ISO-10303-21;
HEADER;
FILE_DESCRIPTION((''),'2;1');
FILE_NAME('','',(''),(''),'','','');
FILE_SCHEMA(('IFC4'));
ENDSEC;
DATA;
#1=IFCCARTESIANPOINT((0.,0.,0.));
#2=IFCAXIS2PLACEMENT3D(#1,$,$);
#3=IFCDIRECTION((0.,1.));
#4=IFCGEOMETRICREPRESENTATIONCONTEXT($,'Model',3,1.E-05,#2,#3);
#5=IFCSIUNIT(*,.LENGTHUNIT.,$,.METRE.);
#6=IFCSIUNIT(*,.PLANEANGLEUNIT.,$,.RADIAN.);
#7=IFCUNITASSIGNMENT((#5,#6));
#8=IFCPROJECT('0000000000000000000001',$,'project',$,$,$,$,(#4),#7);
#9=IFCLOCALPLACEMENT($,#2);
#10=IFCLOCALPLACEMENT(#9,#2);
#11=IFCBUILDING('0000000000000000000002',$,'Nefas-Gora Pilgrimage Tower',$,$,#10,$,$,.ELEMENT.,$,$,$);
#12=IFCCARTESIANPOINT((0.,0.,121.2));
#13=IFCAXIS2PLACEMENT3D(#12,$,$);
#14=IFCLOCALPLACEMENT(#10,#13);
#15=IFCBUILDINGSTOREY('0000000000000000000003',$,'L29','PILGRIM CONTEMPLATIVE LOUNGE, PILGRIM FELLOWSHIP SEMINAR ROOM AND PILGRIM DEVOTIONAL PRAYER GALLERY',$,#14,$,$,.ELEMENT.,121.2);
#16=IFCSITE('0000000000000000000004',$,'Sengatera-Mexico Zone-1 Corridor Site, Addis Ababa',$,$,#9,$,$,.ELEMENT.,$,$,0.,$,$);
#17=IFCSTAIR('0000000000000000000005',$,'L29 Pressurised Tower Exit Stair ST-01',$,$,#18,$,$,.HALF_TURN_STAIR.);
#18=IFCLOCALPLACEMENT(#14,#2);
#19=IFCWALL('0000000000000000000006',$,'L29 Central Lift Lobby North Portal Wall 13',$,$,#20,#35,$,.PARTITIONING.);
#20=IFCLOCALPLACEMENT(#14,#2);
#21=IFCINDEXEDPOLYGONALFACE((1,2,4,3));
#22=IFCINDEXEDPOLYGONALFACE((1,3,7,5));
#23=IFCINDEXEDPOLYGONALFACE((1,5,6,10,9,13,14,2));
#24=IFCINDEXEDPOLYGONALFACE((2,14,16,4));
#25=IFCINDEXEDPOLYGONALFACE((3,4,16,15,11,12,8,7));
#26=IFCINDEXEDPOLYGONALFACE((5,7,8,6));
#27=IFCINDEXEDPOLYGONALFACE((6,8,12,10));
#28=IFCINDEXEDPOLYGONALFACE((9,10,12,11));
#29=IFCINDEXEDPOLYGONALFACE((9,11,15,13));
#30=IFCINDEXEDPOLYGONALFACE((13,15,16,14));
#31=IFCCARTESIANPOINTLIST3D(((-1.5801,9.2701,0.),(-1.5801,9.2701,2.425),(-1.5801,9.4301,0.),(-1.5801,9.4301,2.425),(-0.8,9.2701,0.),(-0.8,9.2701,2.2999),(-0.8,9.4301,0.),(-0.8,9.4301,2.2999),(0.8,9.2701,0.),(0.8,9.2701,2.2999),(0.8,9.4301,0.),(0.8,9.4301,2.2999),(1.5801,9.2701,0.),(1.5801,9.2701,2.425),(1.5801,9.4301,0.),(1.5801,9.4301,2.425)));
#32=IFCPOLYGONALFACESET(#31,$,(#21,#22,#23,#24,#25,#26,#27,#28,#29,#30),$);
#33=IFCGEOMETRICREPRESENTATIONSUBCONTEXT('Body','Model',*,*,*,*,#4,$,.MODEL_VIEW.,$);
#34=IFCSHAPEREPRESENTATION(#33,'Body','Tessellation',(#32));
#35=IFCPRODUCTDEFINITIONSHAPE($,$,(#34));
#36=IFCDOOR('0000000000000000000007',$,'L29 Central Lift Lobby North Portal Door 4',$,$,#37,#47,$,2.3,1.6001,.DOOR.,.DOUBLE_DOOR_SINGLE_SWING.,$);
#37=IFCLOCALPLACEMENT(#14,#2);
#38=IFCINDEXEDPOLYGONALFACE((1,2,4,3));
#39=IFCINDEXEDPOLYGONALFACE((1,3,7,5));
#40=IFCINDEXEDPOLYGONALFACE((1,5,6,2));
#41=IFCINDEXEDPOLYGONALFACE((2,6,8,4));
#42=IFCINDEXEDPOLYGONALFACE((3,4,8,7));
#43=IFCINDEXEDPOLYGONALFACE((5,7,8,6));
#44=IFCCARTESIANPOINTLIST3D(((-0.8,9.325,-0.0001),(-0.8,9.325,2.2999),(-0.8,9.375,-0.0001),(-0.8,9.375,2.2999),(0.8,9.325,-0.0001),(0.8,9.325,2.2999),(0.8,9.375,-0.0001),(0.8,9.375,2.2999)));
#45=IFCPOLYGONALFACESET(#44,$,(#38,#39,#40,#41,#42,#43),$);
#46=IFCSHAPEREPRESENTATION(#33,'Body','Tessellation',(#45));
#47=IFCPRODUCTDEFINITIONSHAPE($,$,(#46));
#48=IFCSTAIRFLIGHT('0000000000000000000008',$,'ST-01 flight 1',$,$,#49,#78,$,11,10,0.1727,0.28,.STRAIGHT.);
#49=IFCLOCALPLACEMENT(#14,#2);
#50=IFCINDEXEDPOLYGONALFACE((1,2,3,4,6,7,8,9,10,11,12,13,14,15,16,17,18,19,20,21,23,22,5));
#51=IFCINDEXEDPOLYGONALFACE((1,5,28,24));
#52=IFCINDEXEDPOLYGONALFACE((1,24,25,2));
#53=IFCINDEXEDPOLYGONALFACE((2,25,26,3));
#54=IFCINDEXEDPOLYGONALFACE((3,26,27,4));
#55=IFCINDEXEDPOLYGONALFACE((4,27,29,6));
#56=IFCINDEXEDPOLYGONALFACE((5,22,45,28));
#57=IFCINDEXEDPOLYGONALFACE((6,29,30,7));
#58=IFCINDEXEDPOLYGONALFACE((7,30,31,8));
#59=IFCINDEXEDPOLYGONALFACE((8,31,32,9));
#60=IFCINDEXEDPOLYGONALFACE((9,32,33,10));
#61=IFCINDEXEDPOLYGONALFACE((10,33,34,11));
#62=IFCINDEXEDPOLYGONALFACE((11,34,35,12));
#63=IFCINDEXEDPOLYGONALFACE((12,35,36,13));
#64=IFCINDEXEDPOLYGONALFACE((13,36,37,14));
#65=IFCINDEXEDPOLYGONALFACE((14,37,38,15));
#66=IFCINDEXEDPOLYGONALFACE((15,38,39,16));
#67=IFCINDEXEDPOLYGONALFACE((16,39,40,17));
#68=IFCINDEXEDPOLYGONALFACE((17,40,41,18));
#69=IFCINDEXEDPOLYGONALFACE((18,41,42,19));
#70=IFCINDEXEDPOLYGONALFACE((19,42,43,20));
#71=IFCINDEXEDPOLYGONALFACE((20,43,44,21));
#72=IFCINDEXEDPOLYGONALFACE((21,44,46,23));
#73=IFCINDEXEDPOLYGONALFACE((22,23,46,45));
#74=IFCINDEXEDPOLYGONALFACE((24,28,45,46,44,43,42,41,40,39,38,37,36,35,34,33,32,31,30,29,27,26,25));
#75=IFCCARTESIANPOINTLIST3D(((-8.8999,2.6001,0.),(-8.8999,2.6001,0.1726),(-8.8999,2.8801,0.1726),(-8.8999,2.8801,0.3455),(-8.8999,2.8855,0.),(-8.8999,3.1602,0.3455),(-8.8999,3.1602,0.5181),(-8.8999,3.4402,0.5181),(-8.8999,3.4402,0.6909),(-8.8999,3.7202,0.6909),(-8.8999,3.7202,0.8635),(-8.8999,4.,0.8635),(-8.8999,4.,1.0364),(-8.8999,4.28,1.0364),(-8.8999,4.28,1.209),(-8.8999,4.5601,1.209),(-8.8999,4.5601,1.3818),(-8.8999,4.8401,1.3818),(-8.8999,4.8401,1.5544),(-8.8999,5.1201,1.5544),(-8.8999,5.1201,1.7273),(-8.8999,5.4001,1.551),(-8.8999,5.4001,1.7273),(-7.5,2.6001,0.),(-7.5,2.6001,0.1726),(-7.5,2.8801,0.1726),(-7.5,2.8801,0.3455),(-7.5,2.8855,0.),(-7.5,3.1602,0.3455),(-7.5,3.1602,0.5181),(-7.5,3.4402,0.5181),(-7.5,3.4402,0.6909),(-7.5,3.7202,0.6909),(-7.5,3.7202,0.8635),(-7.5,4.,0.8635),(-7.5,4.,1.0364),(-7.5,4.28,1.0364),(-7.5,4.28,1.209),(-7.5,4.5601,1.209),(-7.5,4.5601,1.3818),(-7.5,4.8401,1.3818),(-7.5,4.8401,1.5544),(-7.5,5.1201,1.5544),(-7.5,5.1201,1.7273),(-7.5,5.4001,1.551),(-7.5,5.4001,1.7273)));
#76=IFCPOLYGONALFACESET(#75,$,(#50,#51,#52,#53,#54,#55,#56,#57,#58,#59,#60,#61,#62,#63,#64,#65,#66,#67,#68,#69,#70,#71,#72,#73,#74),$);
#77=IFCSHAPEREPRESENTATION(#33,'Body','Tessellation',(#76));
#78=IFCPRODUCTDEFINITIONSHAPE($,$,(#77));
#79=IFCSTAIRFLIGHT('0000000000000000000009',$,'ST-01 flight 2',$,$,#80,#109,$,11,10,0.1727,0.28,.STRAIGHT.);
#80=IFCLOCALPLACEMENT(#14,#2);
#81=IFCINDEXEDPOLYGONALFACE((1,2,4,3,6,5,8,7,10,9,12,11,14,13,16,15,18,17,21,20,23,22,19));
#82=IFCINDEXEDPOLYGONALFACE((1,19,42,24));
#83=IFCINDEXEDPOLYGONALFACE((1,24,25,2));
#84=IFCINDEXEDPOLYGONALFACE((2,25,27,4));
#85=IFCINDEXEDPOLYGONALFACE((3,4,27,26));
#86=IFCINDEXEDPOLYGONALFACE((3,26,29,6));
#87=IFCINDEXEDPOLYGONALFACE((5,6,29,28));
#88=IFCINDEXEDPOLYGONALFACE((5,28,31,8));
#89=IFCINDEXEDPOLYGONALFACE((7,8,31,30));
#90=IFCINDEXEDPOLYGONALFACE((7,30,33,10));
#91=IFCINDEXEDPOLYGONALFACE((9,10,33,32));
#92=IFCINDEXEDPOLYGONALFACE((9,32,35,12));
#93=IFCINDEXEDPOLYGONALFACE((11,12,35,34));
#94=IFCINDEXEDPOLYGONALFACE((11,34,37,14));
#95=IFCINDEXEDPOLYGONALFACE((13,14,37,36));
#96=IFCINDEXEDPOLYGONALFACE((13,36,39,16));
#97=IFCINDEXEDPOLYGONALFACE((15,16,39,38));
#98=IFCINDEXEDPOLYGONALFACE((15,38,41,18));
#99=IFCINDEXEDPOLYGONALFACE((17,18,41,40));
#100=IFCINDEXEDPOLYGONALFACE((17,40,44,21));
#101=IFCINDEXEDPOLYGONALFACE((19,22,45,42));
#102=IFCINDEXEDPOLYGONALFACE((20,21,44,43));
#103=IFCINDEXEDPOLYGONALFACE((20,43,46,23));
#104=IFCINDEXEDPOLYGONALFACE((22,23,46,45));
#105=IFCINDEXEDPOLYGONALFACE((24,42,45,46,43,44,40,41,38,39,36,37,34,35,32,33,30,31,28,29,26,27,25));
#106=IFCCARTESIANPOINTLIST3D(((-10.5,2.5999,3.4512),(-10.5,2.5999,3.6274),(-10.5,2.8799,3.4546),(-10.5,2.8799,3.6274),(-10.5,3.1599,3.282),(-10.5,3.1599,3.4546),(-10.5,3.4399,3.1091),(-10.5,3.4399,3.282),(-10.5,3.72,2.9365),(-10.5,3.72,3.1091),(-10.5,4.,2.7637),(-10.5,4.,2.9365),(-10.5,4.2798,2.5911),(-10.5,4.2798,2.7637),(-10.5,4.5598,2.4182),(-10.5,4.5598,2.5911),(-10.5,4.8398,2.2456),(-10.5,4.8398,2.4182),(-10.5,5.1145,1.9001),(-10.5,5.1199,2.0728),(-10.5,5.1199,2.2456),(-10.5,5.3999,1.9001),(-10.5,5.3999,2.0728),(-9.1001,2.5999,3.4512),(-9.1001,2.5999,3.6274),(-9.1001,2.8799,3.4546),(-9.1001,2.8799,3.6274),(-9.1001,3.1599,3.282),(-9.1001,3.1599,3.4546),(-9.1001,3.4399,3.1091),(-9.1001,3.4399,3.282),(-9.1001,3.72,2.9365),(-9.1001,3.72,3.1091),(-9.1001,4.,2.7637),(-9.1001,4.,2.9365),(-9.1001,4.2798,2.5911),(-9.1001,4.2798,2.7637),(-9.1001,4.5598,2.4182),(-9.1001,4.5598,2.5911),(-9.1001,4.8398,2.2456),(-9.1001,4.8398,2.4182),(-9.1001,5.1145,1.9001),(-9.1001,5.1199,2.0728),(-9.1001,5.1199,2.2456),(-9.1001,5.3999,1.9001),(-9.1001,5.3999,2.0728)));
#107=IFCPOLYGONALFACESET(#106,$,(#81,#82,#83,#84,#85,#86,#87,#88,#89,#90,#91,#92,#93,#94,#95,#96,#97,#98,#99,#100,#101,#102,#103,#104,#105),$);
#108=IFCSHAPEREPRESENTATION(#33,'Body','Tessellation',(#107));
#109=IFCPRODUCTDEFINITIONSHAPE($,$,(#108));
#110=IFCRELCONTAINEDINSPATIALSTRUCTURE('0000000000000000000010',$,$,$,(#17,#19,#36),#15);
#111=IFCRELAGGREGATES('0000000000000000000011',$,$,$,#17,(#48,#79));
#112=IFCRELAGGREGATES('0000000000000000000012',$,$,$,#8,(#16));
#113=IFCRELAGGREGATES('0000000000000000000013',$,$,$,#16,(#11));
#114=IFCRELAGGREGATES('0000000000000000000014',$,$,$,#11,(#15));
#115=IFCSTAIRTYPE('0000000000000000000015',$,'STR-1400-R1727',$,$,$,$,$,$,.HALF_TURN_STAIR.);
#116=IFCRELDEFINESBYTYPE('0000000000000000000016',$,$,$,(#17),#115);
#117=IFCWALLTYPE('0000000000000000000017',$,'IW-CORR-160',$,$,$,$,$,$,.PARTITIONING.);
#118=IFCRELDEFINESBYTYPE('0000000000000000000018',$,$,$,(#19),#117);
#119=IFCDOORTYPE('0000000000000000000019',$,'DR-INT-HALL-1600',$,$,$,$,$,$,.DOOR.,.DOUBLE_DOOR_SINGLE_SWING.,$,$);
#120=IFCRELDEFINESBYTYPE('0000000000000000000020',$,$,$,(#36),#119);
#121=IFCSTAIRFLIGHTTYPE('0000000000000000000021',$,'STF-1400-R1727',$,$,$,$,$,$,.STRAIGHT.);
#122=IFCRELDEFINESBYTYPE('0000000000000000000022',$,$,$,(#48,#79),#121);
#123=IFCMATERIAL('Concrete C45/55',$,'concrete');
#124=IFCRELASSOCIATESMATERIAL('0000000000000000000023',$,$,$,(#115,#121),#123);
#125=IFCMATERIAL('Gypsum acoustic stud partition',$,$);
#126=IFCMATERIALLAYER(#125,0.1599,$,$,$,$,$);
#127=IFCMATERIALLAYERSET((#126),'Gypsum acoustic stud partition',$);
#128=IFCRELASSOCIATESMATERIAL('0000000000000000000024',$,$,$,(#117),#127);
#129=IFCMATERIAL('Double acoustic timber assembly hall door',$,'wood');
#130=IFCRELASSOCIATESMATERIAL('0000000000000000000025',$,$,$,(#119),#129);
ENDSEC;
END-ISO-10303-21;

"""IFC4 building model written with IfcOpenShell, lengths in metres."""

from ifc_helpers import new_model, si_unit, direction, frame, frame_2d, origin, place, context, subcontext, project, spatial, polyline, rectangle, outline, extrude, source, transform, mapped, material, layer, layer_set, type_object, element, fill, aggregate, save


model = new_model("IFC4")

# Units and contexts
model_context = context("Model", 3, precision=1e-05, world=origin(), true_north=direction((0.0, 1.0)))
body_context = subcontext(model_context, "Body", "Model", "MODEL_VIEW")
ifc_project = project(units=[si_unit("LENGTHUNIT", "METRE"), si_unit("PLANEANGLEUNIT", "RADIAN")], contexts=[model_context])

# Site, building, storey
site_placement = place(None, origin())
site = spatial("IfcSite", under=ifc_project, at=site_placement, Name="Sengatera-Mexico Zone-1 Corridor Site, Addis Ababa", CompositionType="ELEMENT", RefElevation=0.0)
building_placement = place(site_placement, origin())
building = spatial("IfcBuilding", under=site, at=building_placement, Name="Nefas-Gora Pilgrimage Tower", CompositionType="ELEMENT")
storey_placement = place(building_placement, frame((0.0, 0.0, 121.2)))
storey = spatial("IfcBuildingStorey", under=building, at=storey_placement, Name="L29", Description="PILGRIM CONTEMPLATIVE LOUNGE, PILGRIM FELLOWSHIP SEMINAR ROOM AND PILGRIM DEVOTIONAL PRAYER GALLERY", CompositionType="ELEMENT", Elevation=121.2)

# Stair
ifc_material_1 = material(Name="Concrete C45/55", Category="concrete")
stair_type = type_object("IfcStairType", Name="STR-1400-R1727", PredefinedType="HALF_TURN_STAIR", material=ifc_material_1)
stair_1_placement = place(storey_placement, origin())
stair_1 = element("IfcStair", 1, at=stair_1_placement, inside=storey, type_object=stair_type, Name="L29 Pressurised Tower Exit Stair ST-01", PredefinedType="HALF_TURN_STAIR")

# Shared definitions
ifc_material_2 = material(Name="Gypsum acoustic stud partition")
ifc_layer_1 = layer(ifc_material_2, 0.1599)
ifc_layer_set_1 = layer_set([ifc_layer_1], Name="Gypsum acoustic stud partition")
wall_type_1 = type_object("IfcWallType", Name="IW-CORR-160", PredefinedType="PARTITIONING", material=ifc_layer_set_1)

# Wall, opening, door
shared_shape_1 = source(origin(), body_context, "Body", "SweptSolid", [
    extrude(rectangle(XDim=3.1602, YDim=0.1599, at=frame_2d((1.5801, 0.0))), origin(), (0.0, 0.0, 1.0), 2.425),
])
wall_1_placement = place(storey_placement, frame((-1.5801, 9.3501, 0.0), z_axis=(0.0, 0.0, 1.0), x_axis=(1.0, 0.0, 0.0)))
wall_1 = element("IfcWall", 2, at=wall_1_placement, inside=storey, type_object=wall_type_1, Name="L29 Central Lift Lobby North Portal Wall 13", PredefinedType="PARTITIONING", context=body_context, shape_type="MappedRepresentation", body=[
    mapped(shared_shape_1, transform((0.0, 0.0, 0.0), x_axis=(1.0, 0.0, 0.0), y_axis=(0.0, 1.0, 0.0), z_axis=(0.0, 0.0, 1.0), scale=1.0)),
])
opening_1_placement = place(wall_1_placement, frame((0.78, 0.0, 0.0)))
opening_1 = element("IfcOpeningElement", 3, at=opening_1_placement, cuts=wall_1, PredefinedType="OPENING", context=body_context, shape_type="SweptSolid", body=[
    extrude(rectangle(XDim=1.6001, YDim=2.3, at=frame_2d((0.8, 1.1499))), frame((0.0, 0.0898, 0.0), z_axis=(0.0, -1.0, 0.0), x_axis=(1.0, 0.0, 0.0)), (0.0, 0.0, 1.0), 0.1799),
])
ifc_material_3 = material(Name="Double acoustic timber assembly hall door", Category="wood")
door_type_1 = type_object("IfcDoorType", Name="DR-INT-HALL-1600", OperationType="DOUBLE_DOOR_SINGLE_SWING", PredefinedType="DOOR", material=ifc_material_3)
shared_shape_2 = source(origin(), body_context, "Body", "SweptSolid", [
    extrude(rectangle(XDim=1.6001, YDim=2.3, at=frame_2d((0.8, 1.1499))), frame((0.0, 0.0249, 0.0), z_axis=(0.0, -1.0, 0.0), x_axis=(1.0, 0.0, 0.0)), (0.0, 0.0, 1.0), 0.05),
])
door_1_placement = place(opening_1_placement, origin())
door_1 = element("IfcDoor", 4, at=door_1_placement, inside=storey, type_object=door_type_1, Name="L29 Central Lift Lobby North Portal Door 4", OperationType="DOUBLE_DOOR_SINGLE_SWING", OverallHeight=2.3, OverallWidth=1.6001, PredefinedType="DOOR", context=body_context, shape_type="MappedRepresentation", body=[
    mapped(shared_shape_2, transform((0.0, 0.0, 0.0), x_axis=(1.0, 0.0, 0.0), y_axis=(0.0, 1.0, 0.0), z_axis=(0.0, 0.0, 1.0), scale=1.0)),
])
fill(opening_1, door_1)

# Stair flights
stair_flight_type = type_object("IfcStairFlightType", Name="STF-1400-R1727", PredefinedType="STRAIGHT", material=ifc_material_1)
shared_shape_3 = source(origin(), body_context, "Body", "SweptSolid", [
    extrude(outline(polyline([(0.0, 0.0), (0.0, 0.1726), (0.28, 0.1726), (0.28, 0.3455), (0.5601, 0.3455), (0.5601, 0.5181), (0.8401, 0.5181), (0.8401, 0.6909), (1.1201, 0.6909), (1.1201, 0.8635), (1.3999, 0.8635), (1.3999, 1.0364), (1.6799, 1.0364), (1.6799, 1.209), (1.96, 1.209), (1.96, 1.3818), (2.24, 1.3818), (2.24, 1.5544), (2.52, 1.5544), (2.52, 1.7273), (2.8, 1.7273), (2.8, 1.8999), (2.8, 1.551), (0.2854, 0.0), (0.0, 0.0)])), frame((0.0, 0.7, 0.0), z_axis=(0.0, -1.0, 0.0), x_axis=(1.0, 0.0, 0.0)), (0.0, 0.0, 1.0), 1.3999),
])
stair_flight_1_placement = place(storey_placement, frame((-8.2, 2.6001, 0.0), z_axis=(0.0, 0.0, 1.0), x_axis=(0.0, 1.0, 0.0)))
stair_flight_1 = element("IfcStairFlight", 5, at=stair_flight_1_placement, type_object=stair_flight_type, Name="ST-01 flight 1", NumberOfRisers=11, NumberOfTreads=10, PredefinedType="STRAIGHT", RiserHeight=0.1727, TreadLength=0.28, context=body_context, shape_type="MappedRepresentation", body=[
    mapped(shared_shape_3, transform((0.0, 0.0, 0.0), x_axis=(1.0, 0.0, 0.0), y_axis=(0.0, 1.0, 0.0), z_axis=(0.0, 0.0, 1.0), scale=1.0)),
])
stair_flight_2_placement = place(storey_placement, frame((-9.8, 5.3999, 1.9001), z_axis=(0.0, 0.0, 1.0), x_axis=(0.0, -1.0, 0.0)))
stair_flight_2 = element("IfcStairFlight", 6, at=stair_flight_2_placement, type_object=stair_flight_type, Name="ST-01 flight 2", NumberOfRisers=11, NumberOfTreads=10, PredefinedType="STRAIGHT", RiserHeight=0.1727, TreadLength=0.28, context=body_context, shape_type="MappedRepresentation", body=[
    mapped(shared_shape_3, transform((0.0, 0.0, 0.0), x_axis=(1.0, 0.0, 0.0), y_axis=(0.0, 1.0, 0.0), z_axis=(0.0, 0.0, 1.0), scale=1.0)),
])
aggregate(stair_1, [stair_flight_1, stair_flight_2])

save(model, "model.ifc")
